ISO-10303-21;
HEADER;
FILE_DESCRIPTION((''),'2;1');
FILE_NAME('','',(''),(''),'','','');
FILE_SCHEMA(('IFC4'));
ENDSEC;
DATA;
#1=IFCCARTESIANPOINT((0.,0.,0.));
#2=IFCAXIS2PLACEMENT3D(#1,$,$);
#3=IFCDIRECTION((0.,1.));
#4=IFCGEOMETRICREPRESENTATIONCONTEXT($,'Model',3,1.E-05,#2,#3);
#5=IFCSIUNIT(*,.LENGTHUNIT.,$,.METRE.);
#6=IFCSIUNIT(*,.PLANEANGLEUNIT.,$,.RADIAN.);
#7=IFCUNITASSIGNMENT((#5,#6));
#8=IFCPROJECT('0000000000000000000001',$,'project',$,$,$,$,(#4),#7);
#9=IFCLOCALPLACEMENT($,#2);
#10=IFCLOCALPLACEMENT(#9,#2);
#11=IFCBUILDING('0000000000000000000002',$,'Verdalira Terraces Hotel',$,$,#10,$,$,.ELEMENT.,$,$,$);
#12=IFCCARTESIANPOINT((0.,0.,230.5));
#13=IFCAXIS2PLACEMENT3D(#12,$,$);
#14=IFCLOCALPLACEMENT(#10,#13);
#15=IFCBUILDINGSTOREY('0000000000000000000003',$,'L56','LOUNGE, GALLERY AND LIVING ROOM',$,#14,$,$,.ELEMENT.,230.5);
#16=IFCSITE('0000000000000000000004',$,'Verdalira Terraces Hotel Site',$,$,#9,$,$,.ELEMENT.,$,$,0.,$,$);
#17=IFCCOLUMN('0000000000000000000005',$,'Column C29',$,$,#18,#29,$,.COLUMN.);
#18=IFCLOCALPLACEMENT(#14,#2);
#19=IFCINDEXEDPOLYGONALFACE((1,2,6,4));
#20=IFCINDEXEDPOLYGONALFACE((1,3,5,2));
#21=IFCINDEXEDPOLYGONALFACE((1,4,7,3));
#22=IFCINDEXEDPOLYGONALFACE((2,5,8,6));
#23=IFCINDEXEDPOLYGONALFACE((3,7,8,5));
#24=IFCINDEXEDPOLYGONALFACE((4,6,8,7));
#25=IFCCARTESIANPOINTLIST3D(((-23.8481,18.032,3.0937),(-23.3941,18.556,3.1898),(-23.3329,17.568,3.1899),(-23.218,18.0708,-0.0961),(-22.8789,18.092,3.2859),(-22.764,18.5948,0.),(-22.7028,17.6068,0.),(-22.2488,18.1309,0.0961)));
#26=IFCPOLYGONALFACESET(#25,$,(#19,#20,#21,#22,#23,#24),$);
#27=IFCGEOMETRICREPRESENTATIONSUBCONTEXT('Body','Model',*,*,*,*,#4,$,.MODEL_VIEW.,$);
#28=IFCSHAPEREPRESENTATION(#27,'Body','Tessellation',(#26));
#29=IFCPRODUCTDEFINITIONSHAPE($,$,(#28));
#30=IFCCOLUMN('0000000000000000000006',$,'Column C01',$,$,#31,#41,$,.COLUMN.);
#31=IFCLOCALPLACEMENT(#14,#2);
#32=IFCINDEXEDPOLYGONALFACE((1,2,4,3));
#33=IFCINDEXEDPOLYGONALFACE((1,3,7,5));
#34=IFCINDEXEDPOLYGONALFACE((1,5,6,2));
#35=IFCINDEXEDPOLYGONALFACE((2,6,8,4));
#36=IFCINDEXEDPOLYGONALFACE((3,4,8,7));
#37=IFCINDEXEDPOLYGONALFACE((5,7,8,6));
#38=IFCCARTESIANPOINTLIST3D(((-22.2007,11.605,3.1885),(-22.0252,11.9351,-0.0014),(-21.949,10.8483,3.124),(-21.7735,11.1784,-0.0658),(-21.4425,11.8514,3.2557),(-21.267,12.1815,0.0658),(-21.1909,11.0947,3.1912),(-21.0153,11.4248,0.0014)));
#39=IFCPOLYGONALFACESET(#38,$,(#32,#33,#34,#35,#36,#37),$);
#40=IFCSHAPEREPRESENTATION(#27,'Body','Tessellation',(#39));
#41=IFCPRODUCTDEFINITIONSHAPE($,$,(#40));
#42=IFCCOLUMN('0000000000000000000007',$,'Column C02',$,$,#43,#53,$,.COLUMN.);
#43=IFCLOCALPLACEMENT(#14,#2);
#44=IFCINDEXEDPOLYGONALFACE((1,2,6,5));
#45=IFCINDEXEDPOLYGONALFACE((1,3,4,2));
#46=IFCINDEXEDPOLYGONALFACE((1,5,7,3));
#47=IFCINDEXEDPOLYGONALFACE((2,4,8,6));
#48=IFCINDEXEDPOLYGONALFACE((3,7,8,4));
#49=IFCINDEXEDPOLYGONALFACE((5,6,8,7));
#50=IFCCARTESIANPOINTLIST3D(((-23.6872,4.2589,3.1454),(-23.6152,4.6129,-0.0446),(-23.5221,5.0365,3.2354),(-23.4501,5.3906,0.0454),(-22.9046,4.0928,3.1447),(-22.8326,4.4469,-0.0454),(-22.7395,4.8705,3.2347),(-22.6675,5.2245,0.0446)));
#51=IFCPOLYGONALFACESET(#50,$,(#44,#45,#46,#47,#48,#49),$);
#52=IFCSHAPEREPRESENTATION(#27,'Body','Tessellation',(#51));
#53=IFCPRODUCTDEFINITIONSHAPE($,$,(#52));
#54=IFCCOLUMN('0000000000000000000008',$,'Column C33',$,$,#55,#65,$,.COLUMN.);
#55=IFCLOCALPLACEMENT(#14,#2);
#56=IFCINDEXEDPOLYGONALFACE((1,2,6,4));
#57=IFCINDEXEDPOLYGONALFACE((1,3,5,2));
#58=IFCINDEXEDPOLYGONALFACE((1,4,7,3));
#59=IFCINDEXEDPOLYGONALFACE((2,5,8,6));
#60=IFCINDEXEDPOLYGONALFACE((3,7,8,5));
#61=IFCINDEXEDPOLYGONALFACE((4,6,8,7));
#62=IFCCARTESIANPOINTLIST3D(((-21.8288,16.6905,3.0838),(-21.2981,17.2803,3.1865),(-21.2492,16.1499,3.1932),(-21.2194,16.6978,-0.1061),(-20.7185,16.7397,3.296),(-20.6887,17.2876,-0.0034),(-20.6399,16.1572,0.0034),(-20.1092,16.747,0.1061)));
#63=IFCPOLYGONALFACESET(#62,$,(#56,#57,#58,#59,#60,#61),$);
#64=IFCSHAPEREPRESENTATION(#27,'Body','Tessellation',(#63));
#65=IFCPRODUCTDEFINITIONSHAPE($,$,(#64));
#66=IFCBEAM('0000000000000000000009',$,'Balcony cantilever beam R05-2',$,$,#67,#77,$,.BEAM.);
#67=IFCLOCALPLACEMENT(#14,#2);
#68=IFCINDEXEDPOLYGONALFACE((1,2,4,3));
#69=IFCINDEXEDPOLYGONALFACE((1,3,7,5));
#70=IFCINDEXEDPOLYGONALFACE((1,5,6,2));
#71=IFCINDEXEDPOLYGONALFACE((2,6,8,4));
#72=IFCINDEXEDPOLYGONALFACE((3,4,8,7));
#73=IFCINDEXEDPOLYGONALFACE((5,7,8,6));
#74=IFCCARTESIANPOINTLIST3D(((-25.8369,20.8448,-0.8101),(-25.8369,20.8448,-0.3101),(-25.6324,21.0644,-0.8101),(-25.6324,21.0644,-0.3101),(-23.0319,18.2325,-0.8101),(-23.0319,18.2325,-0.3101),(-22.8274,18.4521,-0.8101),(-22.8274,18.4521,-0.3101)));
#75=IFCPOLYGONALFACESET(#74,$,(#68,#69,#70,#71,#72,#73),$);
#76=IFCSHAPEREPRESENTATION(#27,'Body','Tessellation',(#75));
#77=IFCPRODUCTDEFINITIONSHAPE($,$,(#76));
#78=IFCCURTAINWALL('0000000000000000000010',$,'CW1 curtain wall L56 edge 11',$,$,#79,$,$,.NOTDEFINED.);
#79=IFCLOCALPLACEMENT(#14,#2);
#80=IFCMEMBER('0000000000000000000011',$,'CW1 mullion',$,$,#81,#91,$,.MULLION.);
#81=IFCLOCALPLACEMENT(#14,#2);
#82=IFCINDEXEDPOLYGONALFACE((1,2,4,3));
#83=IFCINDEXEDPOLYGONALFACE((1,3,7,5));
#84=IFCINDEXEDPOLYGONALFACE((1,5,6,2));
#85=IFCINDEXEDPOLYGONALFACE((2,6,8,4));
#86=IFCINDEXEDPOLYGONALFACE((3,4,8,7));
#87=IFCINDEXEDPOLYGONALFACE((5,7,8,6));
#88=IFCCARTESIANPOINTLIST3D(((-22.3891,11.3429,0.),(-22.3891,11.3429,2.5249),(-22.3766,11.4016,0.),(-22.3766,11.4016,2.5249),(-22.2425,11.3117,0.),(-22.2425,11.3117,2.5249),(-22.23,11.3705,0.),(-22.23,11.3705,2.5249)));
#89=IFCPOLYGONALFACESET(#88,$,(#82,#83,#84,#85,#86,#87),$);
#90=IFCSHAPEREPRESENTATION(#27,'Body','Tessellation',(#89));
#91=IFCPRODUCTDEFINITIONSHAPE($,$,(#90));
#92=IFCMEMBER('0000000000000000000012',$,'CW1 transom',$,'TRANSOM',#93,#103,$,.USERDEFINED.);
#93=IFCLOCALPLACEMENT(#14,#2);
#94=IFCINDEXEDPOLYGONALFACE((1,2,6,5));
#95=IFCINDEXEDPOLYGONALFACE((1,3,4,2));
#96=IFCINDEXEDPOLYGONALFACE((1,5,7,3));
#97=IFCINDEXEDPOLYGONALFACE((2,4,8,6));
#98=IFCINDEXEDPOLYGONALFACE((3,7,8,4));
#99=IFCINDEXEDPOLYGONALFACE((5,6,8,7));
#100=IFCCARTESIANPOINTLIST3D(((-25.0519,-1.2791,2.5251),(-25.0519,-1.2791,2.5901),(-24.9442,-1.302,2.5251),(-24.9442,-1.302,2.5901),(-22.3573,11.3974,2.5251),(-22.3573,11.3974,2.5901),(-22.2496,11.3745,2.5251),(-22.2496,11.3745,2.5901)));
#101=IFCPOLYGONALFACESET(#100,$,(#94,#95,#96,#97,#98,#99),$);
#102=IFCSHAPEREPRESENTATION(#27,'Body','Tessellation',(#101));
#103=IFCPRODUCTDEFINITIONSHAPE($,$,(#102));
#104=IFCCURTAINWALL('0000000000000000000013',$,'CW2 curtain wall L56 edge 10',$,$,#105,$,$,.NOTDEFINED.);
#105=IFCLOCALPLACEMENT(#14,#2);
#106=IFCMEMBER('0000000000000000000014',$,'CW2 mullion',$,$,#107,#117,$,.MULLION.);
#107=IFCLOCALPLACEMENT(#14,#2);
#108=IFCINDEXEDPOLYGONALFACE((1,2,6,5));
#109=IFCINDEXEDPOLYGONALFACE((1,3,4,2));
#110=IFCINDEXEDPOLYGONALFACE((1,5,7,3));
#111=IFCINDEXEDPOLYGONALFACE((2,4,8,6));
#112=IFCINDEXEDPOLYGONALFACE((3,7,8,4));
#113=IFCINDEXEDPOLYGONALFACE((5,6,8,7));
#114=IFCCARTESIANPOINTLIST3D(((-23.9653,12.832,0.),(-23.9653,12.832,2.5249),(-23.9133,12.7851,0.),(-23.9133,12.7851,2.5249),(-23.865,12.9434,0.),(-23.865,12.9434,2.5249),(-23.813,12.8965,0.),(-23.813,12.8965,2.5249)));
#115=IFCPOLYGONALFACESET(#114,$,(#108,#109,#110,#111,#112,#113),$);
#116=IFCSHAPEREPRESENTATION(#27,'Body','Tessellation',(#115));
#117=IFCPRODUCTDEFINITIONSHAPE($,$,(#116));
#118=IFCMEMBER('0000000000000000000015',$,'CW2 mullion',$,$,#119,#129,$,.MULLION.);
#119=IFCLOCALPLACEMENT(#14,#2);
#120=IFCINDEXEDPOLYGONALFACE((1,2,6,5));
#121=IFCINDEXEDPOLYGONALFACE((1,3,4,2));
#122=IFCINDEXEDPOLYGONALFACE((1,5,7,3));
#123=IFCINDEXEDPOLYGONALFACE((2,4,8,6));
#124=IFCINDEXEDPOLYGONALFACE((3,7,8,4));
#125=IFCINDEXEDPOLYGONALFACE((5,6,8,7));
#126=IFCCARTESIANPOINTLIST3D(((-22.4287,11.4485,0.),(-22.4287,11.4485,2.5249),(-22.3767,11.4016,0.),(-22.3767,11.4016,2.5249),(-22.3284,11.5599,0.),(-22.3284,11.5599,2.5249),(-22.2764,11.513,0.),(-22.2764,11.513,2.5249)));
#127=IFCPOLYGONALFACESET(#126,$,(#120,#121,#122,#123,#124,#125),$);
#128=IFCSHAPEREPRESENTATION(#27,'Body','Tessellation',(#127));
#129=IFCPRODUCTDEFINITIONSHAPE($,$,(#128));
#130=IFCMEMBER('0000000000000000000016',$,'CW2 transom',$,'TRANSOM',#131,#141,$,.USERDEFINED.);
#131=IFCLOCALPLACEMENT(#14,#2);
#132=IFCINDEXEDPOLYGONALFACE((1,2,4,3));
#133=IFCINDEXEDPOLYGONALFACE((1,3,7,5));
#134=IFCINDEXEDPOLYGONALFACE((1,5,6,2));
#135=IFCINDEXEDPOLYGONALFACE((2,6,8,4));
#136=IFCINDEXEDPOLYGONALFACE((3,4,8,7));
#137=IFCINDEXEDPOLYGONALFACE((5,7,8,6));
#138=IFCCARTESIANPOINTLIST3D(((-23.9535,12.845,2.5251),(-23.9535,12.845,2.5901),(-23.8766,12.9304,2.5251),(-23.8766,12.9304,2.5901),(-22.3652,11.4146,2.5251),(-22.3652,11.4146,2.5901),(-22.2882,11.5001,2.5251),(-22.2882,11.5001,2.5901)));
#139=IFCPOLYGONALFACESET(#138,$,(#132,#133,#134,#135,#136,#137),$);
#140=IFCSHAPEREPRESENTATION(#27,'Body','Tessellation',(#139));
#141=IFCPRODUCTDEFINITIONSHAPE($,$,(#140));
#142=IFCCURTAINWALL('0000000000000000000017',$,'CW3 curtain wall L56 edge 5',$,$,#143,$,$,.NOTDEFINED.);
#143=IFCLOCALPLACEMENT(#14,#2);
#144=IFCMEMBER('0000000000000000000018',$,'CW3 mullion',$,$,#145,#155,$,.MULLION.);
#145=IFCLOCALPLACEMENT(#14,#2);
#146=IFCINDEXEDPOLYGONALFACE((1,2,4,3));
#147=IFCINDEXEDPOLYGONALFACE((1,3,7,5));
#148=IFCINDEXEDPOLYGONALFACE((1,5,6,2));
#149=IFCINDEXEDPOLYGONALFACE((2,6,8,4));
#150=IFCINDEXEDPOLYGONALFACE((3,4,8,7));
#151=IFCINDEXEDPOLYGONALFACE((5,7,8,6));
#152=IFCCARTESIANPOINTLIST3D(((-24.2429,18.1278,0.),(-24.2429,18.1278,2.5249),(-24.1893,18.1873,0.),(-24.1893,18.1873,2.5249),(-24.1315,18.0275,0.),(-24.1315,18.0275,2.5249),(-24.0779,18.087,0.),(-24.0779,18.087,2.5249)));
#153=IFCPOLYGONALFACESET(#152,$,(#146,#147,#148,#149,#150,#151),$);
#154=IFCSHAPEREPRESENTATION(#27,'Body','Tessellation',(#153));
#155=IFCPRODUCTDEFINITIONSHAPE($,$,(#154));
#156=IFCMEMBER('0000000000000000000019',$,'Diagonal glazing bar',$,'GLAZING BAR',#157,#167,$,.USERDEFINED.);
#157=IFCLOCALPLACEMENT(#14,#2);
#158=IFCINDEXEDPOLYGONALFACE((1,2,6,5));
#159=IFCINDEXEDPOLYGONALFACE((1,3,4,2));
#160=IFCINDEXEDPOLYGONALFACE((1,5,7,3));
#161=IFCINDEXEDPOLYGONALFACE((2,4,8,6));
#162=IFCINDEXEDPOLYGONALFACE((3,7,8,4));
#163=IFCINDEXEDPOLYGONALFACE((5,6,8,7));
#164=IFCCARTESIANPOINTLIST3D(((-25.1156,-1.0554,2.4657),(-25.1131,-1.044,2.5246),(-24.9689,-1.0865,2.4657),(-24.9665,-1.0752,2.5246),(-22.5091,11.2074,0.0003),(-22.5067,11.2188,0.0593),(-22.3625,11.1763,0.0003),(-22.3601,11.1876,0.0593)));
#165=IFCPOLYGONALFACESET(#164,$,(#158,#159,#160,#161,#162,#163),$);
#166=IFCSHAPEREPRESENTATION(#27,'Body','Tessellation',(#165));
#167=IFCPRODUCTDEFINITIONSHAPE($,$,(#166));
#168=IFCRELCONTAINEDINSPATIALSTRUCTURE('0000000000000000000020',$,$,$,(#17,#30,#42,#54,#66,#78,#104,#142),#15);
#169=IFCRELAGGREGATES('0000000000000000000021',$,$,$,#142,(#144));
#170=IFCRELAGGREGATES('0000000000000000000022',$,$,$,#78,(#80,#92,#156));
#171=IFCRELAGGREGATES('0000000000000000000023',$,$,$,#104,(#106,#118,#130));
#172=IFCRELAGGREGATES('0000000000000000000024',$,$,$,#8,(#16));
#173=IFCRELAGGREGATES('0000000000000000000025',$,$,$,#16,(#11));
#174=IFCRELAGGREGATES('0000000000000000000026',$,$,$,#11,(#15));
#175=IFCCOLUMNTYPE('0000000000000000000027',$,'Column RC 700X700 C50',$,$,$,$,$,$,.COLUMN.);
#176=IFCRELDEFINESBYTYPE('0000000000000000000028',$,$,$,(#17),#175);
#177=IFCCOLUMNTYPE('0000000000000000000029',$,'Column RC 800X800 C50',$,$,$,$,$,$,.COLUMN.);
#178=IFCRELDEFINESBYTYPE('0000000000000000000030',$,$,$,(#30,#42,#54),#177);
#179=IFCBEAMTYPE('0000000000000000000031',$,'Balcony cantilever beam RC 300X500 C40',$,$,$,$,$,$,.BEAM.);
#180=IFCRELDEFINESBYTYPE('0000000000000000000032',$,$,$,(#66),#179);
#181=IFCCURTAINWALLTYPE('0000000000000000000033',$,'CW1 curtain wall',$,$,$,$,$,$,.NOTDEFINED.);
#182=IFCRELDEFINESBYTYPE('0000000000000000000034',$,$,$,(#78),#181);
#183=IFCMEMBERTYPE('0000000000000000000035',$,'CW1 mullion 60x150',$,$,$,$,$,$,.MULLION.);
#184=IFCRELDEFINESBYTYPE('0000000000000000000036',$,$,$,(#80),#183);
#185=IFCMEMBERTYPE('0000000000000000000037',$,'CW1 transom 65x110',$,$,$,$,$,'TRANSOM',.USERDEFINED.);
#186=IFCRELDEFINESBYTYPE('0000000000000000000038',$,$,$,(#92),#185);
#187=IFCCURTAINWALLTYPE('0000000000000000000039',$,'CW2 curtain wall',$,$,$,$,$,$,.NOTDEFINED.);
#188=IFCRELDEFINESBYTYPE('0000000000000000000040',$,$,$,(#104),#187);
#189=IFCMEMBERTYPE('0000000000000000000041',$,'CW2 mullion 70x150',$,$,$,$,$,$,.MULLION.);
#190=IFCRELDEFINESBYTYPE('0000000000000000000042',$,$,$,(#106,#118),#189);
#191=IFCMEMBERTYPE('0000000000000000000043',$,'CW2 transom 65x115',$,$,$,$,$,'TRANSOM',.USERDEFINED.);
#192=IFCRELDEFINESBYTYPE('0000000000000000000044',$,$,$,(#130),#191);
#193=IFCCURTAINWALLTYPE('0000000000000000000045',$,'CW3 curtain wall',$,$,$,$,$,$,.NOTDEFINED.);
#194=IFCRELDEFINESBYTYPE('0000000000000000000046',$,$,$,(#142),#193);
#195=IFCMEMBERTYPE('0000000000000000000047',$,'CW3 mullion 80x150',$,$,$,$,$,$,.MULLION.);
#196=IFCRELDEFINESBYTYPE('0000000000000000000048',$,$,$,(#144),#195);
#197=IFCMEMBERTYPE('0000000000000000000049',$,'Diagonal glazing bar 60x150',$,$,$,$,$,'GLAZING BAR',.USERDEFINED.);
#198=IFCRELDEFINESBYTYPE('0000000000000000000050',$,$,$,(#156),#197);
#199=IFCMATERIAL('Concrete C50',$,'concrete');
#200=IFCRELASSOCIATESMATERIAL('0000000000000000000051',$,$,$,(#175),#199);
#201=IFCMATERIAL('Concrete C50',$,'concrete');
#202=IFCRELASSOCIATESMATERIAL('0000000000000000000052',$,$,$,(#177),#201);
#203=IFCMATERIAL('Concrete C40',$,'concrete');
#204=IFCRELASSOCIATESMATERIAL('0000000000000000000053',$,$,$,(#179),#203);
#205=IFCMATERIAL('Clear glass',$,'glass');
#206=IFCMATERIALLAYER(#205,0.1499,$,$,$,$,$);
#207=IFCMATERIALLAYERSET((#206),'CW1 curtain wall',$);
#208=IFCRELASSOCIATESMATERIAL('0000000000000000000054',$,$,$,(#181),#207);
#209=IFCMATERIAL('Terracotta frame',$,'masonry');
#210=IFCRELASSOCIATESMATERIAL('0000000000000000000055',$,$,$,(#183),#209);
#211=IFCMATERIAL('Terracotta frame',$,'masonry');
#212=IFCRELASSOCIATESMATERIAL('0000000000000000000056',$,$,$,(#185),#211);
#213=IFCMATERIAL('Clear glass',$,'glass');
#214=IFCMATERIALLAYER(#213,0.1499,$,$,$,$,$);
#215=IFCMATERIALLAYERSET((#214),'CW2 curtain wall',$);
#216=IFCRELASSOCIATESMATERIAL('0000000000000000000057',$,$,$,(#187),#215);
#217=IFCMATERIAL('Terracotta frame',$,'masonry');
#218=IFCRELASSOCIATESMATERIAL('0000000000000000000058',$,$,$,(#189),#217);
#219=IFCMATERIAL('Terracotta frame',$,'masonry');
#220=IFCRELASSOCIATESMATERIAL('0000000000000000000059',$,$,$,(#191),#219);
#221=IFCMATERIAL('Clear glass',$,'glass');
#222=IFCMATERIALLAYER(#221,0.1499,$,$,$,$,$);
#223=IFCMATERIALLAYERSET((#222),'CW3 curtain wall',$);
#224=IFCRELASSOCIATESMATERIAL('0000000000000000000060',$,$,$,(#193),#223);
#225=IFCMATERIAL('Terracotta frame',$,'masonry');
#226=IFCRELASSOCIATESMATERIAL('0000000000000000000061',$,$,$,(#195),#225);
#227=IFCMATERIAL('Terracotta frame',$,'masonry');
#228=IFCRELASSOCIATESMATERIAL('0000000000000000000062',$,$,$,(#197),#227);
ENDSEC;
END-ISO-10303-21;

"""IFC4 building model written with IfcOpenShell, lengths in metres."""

from ifc_helpers import new_model, si_unit, direction, frame, origin, origin_2d, place, context, subcontext, project, spatial, rectangle, extrude, material, layer, layer_set, material_profile, profile_set, type_object, element, aggregate, save


model = new_model("IFC4")

# Units and contexts
model_context = context("Model", 3, precision=1e-05, world=origin(), true_north=direction((0.0, 1.0)))
body_context = subcontext(model_context, "Body", "Model", "MODEL_VIEW")
ifc_project = project(units=[si_unit("LENGTHUNIT", "METRE"), si_unit("PLANEANGLEUNIT", "RADIAN")], contexts=[model_context])

# Site, building, storey
site_placement = place(None, origin())
site = spatial("IfcSite", under=ifc_project, at=site_placement, Name="Verdalira Terraces Hotel Site", CompositionType="ELEMENT", RefElevation=0.0)
building_placement = place(site_placement, origin())
building = spatial("IfcBuilding", under=site, at=building_placement, Name="Verdalira Terraces Hotel", CompositionType="ELEMENT")
storey_placement = place(building_placement, frame((0.0, 0.0, 230.5)))
storey = spatial("IfcBuildingStorey", under=building, at=storey_placement, Name="L56", Description="LOUNGE, GALLERY AND LIVING ROOM", CompositionType="ELEMENT", Elevation=230.5)

# Columns
ifc_material_1 = material(Name="Concrete C50", Category="concrete")
ifc_material_profile_1 = material_profile(ifc_material_1, rectangle(XDim=0.7, YDim=0.7, at=origin_2d()), Name="RC 700X700")
ifc_profile_set_1 = profile_set([ifc_material_profile_1], Name="Concrete C50")
column_type_1 = type_object("IfcColumnType", Name="Column RC 700X700 C50", PredefinedType="COLUMN", material=ifc_profile_set_1)
column_1_placement = place(storey_placement, frame((-22.7334, 18.1008, 0.0), z_axis=(-0.193777, -0.011937, 0.980973), x_axis=(-0.64861, -0.748647, -0.137234)))
element("IfcColumn", 1, at=column_1_placement, inside=storey, type_object=column_type_1, Name="Column C29", PredefinedType="COLUMN", context=body_context, shape_type="SweptSolid", body=[
    extrude(rectangle(XDim=0.7, YDim=0.7, at=origin_2d()), origin(), (0.0, 0.0, 1.0), 3.2517),
])
ifc_material_2 = material(Name="Concrete C50", Category="concrete")
ifc_material_profile_2 = material_profile(ifc_material_2, rectangle(XDim=0.8, YDim=0.8, at=origin_2d()), Name="RC 800X800")
ifc_profile_set_2 = profile_set([ifc_material_profile_2], Name="Concrete C50")
column_type_2 = type_object("IfcColumnType", Name="Column RC 800X800 C50", PredefinedType="COLUMN", material=ifc_profile_set_2)
column_2_placement = place(storey_placement, frame((-21.5203, 11.6799, 0.0), z_axis=(-0.054654, -0.102771, 0.993202), x_axis=(-0.314568, 0.945811, 0.080557)))
element("IfcColumn", 2, at=column_2_placement, inside=storey, type_object=column_type_2, Name="Column C01", PredefinedType="COLUMN", context=body_context, shape_type="SweptSolid", body=[
    extrude(rectangle(XDim=0.8, YDim=0.8, at=origin_2d()), origin(), (0.0, 0.0, 1.0), 3.2117),
])
column_3_placement = place(storey_placement, frame((-23.1414, 4.9187, 0.0), z_axis=(-0.022434, -0.11027, 0.993648), x_axis=(-0.206353, -0.971986, -0.112525)))
element("IfcColumn", 3, at=column_3_placement, inside=storey, type_object=column_type_2, Name="Column C02", PredefinedType="COLUMN", context=body_context, shape_type="SweptSolid", body=[
    extrude(rectangle(XDim=0.8, YDim=0.8, at=origin_2d()), origin(), (0.0, 0.0, 1.0), 3.2104),
])
column_4_placement = place(storey_placement, frame((-20.6643, 16.7224, 0.0), z_axis=(-0.187637, -0.002255, 0.982236), x_axis=(-0.724409, 0.675654, -0.136833)))
element("IfcColumn", 4, at=column_4_placement, inside=storey, type_object=column_type_2, Name="Column C33", PredefinedType="COLUMN", context=body_context, shape_type="SweptSolid", body=[
    extrude(rectangle(XDim=0.8, YDim=0.8, at=origin_2d()), origin(), (0.0, 0.0, 1.0), 3.2476),
])

# Beam
ifc_material_3 = material(Name="Concrete C40", Category="concrete")
ifc_material_profile_3 = material_profile(ifc_material_3, rectangle(XDim=0.3, YDim=0.5, at=origin_2d()), Name="RC 300X500")
ifc_profile_set_3 = profile_set([ifc_material_profile_3], Name="Concrete C40")
beam_type_1 = type_object("IfcBeamType", Name="Balcony cantilever beam RC 300X500 C40", PredefinedType="BEAM", material=ifc_profile_set_3)
beam_1_placement = place(storey_placement, frame((-22.9297, 18.3423, -0.5601), z_axis=(-0.731788, 0.681533, 0.0), x_axis=(-0.681533, -0.731788, 0.0)))
element("IfcBeam", 5, at=beam_1_placement, inside=storey, type_object=beam_type_1, Name="Balcony cantilever beam R05-2", PredefinedType="BEAM", context=body_context, shape_type="SweptSolid", body=[
    extrude(rectangle(XDim=0.3, YDim=0.5, at=origin_2d()), origin(), (0.0, 0.0, 1.0), 3.833),
])

# Curtain walls, members
ifc_material_4 = material(Name="Clear glass", Category="glass")
ifc_layer_1 = layer(ifc_material_4, 0.1499)
ifc_layer_set_1 = layer_set([ifc_layer_1], Name="CW1 curtain wall")
curtain_wall_type_1 = type_object("IfcCurtainWallType", Name="CW1 curtain wall", PredefinedType="NOTDEFINED", material=ifc_layer_set_1)
curtain_wall_1_placement = place(storey_placement, origin())
curtain_wall_1 = element("IfcCurtainWall", 6, at=curtain_wall_1_placement, inside=storey, type_object=curtain_wall_type_1, Name="CW1 curtain wall L56 edge 11", PredefinedType="NOTDEFINED")
ifc_material_5 = material(Name="Terracotta frame", Category="masonry")
ifc_material_profile_4 = material_profile(ifc_material_5, rectangle(XDim=0.0601, YDim=0.1499, at=origin_2d()), Name="MU 60x150")
ifc_profile_set_4 = profile_set([ifc_material_profile_4], Name="Terracotta frame")
member_type_1 = type_object("IfcMemberType", Name="CW1 mullion 60x150", PredefinedType="MULLION", material=ifc_profile_set_4)
member_1_placement = place(storey_placement, frame((-22.3096, 11.3567, 0.0), z_axis=(0.0, 0.0, 1.0), x_axis=(-0.207912, -0.978148, 0.0)))
member_1 = element("IfcMember", 7, at=member_1_placement, type_object=member_type_1, Name="CW1 mullion", PredefinedType="MULLION", context=body_context, shape_type="SweptSolid", body=[
    extrude(rectangle(XDim=0.0601, YDim=0.1499, at=origin_2d()), origin(), (0.0, 0.0, 1.0), 2.5249),
])
ifc_material_6 = material(Name="Terracotta frame", Category="masonry")
ifc_material_profile_5 = material_profile(ifc_material_6, rectangle(XDim=0.1101, YDim=0.0649, at=origin_2d()), Name="TR 65x110")
ifc_profile_set_5 = profile_set([ifc_material_profile_5], Name="Terracotta frame")
member_type_2 = type_object("IfcMemberType", Name="CW1 transom 65x110", ElementType="TRANSOM", PredefinedType="USERDEFINED", material=ifc_profile_set_5)
member_2_placement = place(storey_placement, frame((-22.3035, 11.386, 2.5576), z_axis=(-0.207919, -0.978146, 0.0), x_axis=(0.978146, -0.207919, 0.0)))
member_2 = element("IfcMember", 8, at=member_2_placement, type_object=member_type_2, Name="CW1 transom", ObjectType="TRANSOM", PredefinedType="USERDEFINED", context=body_context, shape_type="SweptSolid", body=[
    extrude(rectangle(XDim=0.1101, YDim=0.0649, at=origin_2d()), origin(), (0.0, 0.0, 1.0), 12.9597),
])
ifc_material_7 = material(Name="Clear glass", Category="glass")
ifc_layer_2 = layer(ifc_material_7, 0.1499)
ifc_layer_set_2 = layer_set([ifc_layer_2], Name="CW2 curtain wall")
curtain_wall_type_2 = type_object("IfcCurtainWallType", Name="CW2 curtain wall", PredefinedType="NOTDEFINED", material=ifc_layer_set_2)
curtain_wall_2_placement = place(storey_placement, origin())
curtain_wall_2 = element("IfcCurtainWall", 9, at=curtain_wall_2_placement, inside=storey, type_object=curtain_wall_type_2, Name="CW2 curtain wall L56 edge 10", PredefinedType="NOTDEFINED")
ifc_material_8 = material(Name="Terracotta frame", Category="masonry")
ifc_material_profile_6 = material_profile(ifc_material_8, rectangle(XDim=0.0701, YDim=0.1499, at=origin_2d()), Name="MU 70x150")
ifc_profile_set_6 = profile_set([ifc_material_profile_6], Name="Terracotta frame")
member_type_3 = type_object("IfcMemberType", Name="CW2 mullion 70x150", PredefinedType="MULLION", material=ifc_profile_set_6)
member_3_placement = place(storey_placement, frame((-23.8892, 12.8643, 0.0), z_axis=(0.0, 0.0, 1.0), x_axis=(0.743145, -0.669131, 0.0)))
member_3 = element("IfcMember", 10, at=member_3_placement, type_object=member_type_3, Name="CW2 mullion", PredefinedType="MULLION", context=body_context, shape_type="SweptSolid", body=[
    extrude(rectangle(XDim=0.0701, YDim=0.1499, at=origin_2d()), origin(), (0.0, 0.0, 1.0), 2.5249),
])
member_4_placement = place(storey_placement, frame((-22.3525, 11.4807, 0.0), z_axis=(0.0, 0.0, 1.0), x_axis=(0.743145, -0.669131, 0.0)))
member_4 = element("IfcMember", 11, at=member_4_placement, type_object=member_type_3, Name="CW2 mullion", PredefinedType="MULLION", context=body_context, shape_type="SweptSolid", body=[
    extrude(rectangle(XDim=0.0701, YDim=0.1499, at=origin_2d()), origin(), (0.0, 0.0, 1.0), 2.5249),
])
ifc_material_9 = material(Name="Terracotta frame", Category="masonry")
ifc_material_profile_7 = material_profile(ifc_material_9, rectangle(XDim=0.115, YDim=0.0649, at=origin_2d()), Name="TR 65x115")
ifc_profile_set_7 = profile_set([ifc_material_profile_7], Name="Terracotta frame")
member_type_4 = type_object("IfcMemberType", Name="CW2 transom 65x115", ElementType="TRANSOM", PredefinedType="USERDEFINED", material=ifc_profile_set_7)
member_5_placement = place(storey_placement, frame((-23.915, 12.8877, 2.5576), z_axis=(0.74309, -0.669192, 0.0), x_axis=(0.669192, 0.74309, 0.0)))
member_5 = element("IfcMember", 12, at=member_5_placement, type_object=member_type_4, Name="CW2 transom", ObjectType="TRANSOM", PredefinedType="USERDEFINED", context=body_context, shape_type="SweptSolid", body=[
    extrude(rectangle(XDim=0.115, YDim=0.0649, at=origin_2d()), origin(), (0.0, 0.0, 1.0), 2.1375),
])

# Curtain wall, member
ifc_material_10 = material(Name="Clear glass", Category="glass")
ifc_layer_3 = layer(ifc_material_10, 0.1499)
ifc_layer_set_3 = layer_set([ifc_layer_3], Name="CW3 curtain wall")
curtain_wall_type_3 = type_object("IfcCurtainWallType", Name="CW3 curtain wall", PredefinedType="NOTDEFINED", material=ifc_layer_set_3)
curtain_wall_3_placement = place(storey_placement, origin())
curtain_wall_3 = element("IfcCurtainWall", 13, at=curtain_wall_3_placement, inside=storey, type_object=curtain_wall_type_3, Name="CW3 curtain wall L56 edge 5", PredefinedType="NOTDEFINED")
ifc_material_11 = material(Name="Terracotta frame", Category="masonry")
ifc_material_profile_8 = material_profile(ifc_material_11, rectangle(XDim=0.0801, YDim=0.1499, at=origin_2d()), Name="MU 80x150")
ifc_profile_set_8 = profile_set([ifc_material_profile_8], Name="Terracotta frame")
member_type_5 = type_object("IfcMemberType", Name="CW3 mullion 80x150", PredefinedType="MULLION", material=ifc_profile_set_8)
member_6_placement = place(storey_placement, frame((-24.1604, 18.1074, 0.0), z_axis=(0.0, 0.0, 1.0), x_axis=(-0.669131, -0.743145, 0.0)))
member_6 = element("IfcMember", 14, at=member_6_placement, type_object=member_type_5, Name="CW3 mullion", PredefinedType="MULLION", context=body_context, shape_type="SweptSolid", body=[
    extrude(rectangle(XDim=0.0801, YDim=0.1499, at=origin_2d()), origin(), (0.0, 0.0, 1.0), 2.5249),
])
aggregate(curtain_wall_3, [member_6])

# Member
ifc_material_12 = material(Name="Terracotta frame", Category="masonry")
ifc_material_profile_9 = material_profile(ifc_material_12, rectangle(XDim=0.1499, YDim=0.0601, at=origin_2d()), Name="GB 60x150")
ifc_profile_set_9 = profile_set([ifc_material_profile_9], Name="Terracotta frame")
member_type_6 = type_object("IfcMemberType", Name="Diagonal glazing bar 60x150", ElementType="GLAZING BAR", PredefinedType="USERDEFINED", material=ifc_profile_set_9)
member_7_placement = place(storey_placement, frame((-22.4346, 11.1975, 0.0298), z_axis=(-0.203999, -0.959767, 0.192955), x_axis=(0.978149, -0.207906, 0.0)))
member_7 = element("IfcMember", 15, at=member_7_placement, type_object=member_type_6, Name="Diagonal glazing bar", ObjectType="GLAZING BAR", PredefinedType="USERDEFINED", context=body_context, shape_type="SweptSolid", body=[
    extrude(rectangle(XDim=0.1499, YDim=0.0601, at=origin_2d()), origin(), (0.0, 0.0, 1.0), 12.7769),
])

aggregate(curtain_wall_1, [member_1, member_2, member_7])
aggregate(curtain_wall_2, [member_3, member_4, member_5])

save(model, "model.ifc")
